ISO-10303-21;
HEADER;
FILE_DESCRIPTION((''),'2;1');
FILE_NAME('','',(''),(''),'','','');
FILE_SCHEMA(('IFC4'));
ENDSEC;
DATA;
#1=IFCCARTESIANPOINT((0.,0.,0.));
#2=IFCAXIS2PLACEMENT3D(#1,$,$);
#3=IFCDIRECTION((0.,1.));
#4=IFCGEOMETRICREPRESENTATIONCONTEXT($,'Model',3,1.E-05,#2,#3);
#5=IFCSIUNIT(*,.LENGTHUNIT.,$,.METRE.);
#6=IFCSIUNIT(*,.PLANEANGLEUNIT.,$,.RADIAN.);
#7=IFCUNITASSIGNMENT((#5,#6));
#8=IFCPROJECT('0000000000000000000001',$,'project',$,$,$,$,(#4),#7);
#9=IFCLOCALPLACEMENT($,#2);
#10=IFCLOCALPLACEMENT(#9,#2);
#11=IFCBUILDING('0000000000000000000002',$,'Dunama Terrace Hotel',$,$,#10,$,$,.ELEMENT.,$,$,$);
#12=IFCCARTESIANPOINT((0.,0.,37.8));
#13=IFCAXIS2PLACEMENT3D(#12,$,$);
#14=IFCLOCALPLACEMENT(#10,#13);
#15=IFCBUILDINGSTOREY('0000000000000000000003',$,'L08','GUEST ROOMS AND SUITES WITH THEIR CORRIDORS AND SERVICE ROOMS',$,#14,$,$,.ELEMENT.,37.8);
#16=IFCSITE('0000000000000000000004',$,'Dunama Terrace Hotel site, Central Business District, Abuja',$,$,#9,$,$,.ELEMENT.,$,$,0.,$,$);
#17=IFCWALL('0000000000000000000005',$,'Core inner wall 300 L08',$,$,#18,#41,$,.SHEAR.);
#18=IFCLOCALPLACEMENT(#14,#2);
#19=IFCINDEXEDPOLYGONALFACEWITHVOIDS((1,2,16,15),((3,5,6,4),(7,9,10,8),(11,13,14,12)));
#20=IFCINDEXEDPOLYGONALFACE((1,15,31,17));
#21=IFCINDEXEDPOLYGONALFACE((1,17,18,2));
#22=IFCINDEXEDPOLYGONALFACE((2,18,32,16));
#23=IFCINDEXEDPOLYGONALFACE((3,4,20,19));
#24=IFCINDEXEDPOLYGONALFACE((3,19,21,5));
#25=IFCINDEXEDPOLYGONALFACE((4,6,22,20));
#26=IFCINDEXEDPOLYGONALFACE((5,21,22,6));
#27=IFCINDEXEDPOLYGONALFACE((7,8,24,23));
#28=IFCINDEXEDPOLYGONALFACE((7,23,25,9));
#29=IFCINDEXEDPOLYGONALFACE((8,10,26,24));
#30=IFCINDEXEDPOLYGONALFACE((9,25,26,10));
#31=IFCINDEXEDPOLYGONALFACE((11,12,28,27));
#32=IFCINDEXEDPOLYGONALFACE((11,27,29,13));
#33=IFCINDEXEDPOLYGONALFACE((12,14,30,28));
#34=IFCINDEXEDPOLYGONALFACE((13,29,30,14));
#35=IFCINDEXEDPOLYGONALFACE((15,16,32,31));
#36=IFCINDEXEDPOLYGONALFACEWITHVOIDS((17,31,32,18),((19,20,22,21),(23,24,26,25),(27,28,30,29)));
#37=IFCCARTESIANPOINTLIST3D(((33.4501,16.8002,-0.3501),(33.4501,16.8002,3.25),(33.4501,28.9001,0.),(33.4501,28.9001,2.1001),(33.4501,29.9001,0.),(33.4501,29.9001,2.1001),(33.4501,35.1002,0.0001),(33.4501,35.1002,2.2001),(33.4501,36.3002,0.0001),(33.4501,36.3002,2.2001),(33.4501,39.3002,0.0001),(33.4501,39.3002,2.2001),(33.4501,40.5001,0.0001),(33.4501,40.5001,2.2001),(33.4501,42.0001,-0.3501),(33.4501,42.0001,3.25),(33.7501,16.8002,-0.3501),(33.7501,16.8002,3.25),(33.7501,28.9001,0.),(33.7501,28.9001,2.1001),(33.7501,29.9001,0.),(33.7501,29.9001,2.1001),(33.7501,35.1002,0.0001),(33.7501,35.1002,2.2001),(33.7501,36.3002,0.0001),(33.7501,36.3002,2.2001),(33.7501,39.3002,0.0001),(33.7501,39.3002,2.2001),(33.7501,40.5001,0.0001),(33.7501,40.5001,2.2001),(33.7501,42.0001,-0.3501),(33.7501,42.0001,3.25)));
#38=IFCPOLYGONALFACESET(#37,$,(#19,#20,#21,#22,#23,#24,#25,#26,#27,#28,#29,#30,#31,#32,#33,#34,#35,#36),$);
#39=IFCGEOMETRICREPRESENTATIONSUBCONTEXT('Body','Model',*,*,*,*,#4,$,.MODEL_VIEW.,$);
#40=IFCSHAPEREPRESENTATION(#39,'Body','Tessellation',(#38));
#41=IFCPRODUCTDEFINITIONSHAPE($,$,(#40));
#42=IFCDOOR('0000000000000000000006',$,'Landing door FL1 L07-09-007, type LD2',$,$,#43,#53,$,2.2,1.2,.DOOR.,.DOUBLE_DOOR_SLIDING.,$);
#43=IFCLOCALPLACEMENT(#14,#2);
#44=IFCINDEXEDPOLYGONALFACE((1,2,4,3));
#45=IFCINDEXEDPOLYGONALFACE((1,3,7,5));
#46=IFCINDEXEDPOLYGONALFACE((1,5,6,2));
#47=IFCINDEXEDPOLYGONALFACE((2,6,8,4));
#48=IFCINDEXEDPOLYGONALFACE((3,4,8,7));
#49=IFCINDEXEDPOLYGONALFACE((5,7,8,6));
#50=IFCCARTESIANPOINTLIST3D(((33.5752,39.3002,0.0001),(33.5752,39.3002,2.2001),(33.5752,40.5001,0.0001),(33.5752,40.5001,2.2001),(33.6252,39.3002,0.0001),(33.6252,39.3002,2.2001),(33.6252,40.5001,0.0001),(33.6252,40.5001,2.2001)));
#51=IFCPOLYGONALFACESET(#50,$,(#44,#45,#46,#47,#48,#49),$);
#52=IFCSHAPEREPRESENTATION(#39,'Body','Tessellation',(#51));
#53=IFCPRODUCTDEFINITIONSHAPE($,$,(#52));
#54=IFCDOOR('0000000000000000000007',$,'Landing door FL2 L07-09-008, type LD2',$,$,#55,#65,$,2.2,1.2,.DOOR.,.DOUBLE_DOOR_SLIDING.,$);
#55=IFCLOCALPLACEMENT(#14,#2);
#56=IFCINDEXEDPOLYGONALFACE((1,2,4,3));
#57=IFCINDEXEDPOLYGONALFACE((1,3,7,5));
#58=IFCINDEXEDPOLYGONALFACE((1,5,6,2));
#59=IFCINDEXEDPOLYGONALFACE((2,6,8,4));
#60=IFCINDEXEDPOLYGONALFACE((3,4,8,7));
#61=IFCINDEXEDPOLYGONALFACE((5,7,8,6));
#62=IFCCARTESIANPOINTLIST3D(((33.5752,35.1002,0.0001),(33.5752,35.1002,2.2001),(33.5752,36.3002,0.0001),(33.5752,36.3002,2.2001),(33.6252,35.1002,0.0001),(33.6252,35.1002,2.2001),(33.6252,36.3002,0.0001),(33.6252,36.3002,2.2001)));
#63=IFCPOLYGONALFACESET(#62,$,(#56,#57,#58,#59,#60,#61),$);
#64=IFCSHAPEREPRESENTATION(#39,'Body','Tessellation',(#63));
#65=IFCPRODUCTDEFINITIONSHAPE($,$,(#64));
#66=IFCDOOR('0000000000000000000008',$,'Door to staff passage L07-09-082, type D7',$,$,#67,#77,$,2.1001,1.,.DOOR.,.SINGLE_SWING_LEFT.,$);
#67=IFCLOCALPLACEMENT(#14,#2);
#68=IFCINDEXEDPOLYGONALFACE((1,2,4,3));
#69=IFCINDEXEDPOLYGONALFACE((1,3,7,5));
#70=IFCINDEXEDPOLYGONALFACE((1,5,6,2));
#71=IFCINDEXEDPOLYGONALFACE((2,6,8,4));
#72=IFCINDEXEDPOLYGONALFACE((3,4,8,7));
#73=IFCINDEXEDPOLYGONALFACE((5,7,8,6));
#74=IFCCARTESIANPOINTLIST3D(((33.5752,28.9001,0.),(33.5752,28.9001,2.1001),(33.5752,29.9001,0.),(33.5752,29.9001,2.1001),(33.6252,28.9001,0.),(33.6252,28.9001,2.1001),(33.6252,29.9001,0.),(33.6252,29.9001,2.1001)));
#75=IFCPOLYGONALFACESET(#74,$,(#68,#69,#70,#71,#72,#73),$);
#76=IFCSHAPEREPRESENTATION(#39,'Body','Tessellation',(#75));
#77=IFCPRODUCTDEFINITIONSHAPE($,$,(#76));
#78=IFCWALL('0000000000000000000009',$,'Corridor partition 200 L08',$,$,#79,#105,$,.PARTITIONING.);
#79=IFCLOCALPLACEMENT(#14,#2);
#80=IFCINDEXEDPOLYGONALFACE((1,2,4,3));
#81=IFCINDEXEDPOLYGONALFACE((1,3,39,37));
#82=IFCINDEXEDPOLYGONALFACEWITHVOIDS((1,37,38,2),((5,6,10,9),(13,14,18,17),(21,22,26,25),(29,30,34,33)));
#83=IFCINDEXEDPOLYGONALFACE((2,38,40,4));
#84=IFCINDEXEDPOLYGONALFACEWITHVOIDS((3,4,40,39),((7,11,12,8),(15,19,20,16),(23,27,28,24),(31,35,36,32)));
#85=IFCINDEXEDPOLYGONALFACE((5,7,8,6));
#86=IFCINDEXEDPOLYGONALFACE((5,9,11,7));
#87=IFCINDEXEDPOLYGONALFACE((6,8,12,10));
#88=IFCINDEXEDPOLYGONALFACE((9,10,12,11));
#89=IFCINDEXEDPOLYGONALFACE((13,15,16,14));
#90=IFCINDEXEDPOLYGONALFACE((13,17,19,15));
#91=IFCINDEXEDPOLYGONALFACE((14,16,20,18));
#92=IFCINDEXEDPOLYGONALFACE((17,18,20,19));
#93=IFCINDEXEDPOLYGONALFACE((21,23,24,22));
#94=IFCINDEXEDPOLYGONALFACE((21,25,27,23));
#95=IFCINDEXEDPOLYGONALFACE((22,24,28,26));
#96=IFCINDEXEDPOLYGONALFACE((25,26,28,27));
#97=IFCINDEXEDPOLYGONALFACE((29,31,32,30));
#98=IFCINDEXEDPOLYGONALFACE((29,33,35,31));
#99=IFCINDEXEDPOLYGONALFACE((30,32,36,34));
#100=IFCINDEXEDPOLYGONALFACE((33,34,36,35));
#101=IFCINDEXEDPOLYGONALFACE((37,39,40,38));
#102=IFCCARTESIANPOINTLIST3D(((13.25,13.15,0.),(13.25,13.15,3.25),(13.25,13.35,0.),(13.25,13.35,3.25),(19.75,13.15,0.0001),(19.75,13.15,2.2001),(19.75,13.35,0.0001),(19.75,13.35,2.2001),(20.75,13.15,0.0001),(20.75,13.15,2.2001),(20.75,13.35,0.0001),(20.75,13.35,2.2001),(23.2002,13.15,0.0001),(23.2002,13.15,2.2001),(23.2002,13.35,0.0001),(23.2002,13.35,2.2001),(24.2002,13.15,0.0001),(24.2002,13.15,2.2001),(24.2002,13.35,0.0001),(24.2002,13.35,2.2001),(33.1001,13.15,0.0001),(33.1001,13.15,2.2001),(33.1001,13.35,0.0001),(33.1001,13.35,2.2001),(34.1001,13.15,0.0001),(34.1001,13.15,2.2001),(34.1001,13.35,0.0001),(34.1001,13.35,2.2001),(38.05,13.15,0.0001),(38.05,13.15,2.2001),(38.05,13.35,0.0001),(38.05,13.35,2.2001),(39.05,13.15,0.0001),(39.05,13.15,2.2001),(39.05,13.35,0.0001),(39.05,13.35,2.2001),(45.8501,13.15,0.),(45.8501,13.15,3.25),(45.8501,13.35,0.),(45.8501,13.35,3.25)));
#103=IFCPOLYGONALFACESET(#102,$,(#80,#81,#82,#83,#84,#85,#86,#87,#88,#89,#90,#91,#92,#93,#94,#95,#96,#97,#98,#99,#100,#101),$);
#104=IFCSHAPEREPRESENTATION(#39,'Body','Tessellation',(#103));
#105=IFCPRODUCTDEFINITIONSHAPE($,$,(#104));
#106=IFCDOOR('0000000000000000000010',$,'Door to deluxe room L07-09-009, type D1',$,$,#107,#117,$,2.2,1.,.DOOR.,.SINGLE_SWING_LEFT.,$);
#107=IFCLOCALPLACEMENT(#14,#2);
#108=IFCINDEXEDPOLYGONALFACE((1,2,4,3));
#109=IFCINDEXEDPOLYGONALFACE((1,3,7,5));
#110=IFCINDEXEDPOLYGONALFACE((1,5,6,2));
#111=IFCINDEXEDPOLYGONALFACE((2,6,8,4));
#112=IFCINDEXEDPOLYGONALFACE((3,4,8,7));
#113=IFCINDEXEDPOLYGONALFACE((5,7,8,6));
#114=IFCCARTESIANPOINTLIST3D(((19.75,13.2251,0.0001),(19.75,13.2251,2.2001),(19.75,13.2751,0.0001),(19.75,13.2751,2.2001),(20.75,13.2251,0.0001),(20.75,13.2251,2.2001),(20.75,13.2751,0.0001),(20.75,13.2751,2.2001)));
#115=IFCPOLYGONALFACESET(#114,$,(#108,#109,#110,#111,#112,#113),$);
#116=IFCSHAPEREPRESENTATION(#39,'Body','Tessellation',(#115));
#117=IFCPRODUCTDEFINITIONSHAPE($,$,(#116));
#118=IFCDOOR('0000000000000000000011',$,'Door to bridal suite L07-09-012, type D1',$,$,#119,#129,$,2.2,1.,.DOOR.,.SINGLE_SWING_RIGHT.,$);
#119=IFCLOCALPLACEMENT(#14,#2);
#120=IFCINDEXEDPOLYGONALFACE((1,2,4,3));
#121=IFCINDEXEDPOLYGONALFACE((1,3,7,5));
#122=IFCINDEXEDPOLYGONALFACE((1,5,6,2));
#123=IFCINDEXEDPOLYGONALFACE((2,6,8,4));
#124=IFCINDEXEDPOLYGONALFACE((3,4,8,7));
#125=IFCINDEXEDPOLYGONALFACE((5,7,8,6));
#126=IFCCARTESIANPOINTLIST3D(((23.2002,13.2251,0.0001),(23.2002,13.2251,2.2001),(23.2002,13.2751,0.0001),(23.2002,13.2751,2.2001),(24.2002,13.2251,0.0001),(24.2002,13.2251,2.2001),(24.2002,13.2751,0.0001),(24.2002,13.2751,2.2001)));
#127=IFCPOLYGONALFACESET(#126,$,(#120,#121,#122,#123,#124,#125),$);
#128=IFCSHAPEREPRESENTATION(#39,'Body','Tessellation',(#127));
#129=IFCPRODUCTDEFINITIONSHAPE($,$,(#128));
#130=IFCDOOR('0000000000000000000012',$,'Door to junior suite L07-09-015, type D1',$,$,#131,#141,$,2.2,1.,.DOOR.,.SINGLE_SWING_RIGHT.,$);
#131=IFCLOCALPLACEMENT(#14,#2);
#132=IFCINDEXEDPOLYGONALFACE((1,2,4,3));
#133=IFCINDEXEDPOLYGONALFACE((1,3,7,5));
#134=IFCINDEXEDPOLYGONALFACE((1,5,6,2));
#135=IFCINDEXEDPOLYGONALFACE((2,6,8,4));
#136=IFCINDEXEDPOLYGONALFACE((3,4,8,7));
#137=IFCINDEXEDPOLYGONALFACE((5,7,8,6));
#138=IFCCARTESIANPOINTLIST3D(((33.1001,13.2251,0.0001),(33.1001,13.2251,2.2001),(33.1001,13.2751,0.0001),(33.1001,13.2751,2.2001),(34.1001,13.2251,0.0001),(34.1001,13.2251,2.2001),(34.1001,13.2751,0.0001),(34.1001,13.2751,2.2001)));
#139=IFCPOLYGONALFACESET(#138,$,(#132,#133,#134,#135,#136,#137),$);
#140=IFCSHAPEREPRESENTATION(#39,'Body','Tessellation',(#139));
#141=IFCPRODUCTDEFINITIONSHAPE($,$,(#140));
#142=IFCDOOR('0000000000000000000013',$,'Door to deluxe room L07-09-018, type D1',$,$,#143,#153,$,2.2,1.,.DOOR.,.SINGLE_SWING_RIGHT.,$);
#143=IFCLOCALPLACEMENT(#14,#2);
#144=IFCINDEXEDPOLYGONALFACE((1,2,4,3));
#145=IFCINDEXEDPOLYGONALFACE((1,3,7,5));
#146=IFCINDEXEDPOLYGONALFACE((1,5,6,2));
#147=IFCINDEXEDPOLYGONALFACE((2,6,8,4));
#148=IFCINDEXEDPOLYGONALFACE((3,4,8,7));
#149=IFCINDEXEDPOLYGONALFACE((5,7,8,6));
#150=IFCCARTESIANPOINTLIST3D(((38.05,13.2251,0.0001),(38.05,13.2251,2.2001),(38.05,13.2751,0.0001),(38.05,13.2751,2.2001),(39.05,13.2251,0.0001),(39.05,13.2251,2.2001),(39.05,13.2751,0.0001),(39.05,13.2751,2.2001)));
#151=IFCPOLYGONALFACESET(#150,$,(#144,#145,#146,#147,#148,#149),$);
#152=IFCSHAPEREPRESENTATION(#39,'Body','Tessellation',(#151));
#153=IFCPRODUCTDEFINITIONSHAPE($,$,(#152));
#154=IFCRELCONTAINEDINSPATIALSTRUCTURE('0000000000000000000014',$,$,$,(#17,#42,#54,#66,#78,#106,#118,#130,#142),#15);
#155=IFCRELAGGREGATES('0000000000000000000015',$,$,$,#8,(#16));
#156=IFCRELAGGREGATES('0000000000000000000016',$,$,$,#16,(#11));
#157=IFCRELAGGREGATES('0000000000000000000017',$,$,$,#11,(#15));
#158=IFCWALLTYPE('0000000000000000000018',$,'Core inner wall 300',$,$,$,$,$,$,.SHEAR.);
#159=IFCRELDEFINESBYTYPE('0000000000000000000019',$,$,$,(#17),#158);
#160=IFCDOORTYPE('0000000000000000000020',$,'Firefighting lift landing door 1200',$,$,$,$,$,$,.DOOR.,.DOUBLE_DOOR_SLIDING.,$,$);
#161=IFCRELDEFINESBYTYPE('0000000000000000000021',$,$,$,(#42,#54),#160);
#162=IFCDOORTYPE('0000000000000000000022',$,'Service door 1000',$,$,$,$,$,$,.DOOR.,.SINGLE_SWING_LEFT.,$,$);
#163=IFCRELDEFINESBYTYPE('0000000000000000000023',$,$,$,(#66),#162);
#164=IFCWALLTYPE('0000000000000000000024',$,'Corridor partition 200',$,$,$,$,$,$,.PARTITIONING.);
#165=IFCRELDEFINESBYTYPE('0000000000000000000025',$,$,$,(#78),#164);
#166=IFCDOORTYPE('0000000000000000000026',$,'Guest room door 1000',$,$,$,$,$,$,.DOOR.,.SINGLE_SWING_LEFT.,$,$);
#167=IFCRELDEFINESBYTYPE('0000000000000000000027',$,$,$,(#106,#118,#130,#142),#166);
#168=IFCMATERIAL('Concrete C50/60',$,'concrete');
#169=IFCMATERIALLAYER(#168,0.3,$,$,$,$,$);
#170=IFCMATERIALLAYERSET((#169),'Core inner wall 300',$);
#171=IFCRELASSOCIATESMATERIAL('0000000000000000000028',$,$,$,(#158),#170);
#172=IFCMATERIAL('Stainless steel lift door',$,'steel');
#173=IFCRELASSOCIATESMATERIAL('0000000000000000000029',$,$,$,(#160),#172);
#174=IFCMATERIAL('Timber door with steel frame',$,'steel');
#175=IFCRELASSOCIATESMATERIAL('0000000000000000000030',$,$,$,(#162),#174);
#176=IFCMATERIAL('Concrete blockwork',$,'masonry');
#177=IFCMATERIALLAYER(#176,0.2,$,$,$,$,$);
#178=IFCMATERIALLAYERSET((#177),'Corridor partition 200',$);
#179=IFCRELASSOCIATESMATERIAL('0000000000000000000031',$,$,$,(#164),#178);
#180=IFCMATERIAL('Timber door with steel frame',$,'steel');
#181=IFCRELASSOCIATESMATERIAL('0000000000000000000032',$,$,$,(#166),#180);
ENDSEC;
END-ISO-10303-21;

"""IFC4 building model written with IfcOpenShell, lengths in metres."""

from ifc_helpers import new_model, si_unit, direction, frame, frame_2d, origin, place, context, subcontext, project, spatial, rectangle, extrude, material, layer, layer_set, type_object, element, fill, save


model = new_model("IFC4")

# Units and contexts
model_context = context("Model", 3, precision=1e-05, world=origin(), true_north=direction((0.0, 1.0)))
body_context = subcontext(model_context, "Body", "Model", "MODEL_VIEW")
ifc_project = project(units=[si_unit("LENGTHUNIT", "METRE"), si_unit("PLANEANGLEUNIT", "RADIAN")], contexts=[model_context])

# Site, building, storey
site_placement = place(None, origin())
site = spatial("IfcSite", under=ifc_project, at=site_placement, Name="Dunama Terrace Hotel site, Central Business District, Abuja", CompositionType="ELEMENT", RefElevation=0.0)
building_placement = place(site_placement, origin())
building = spatial("IfcBuilding", under=site, at=building_placement, Name="Dunama Terrace Hotel", CompositionType="ELEMENT")
storey_placement = place(building_placement, frame((0.0, 0.0, 37.8)))
storey = spatial("IfcBuildingStorey", under=building, at=storey_placement, Name="L08", Description="GUEST ROOMS AND SUITES WITH THEIR CORRIDORS AND SERVICE ROOMS", CompositionType="ELEMENT", Elevation=37.8)

# Walls, openings, doors
ifc_material_1 = material(Name="Concrete C50/60", Category="concrete")
ifc_layer_1 = layer(ifc_material_1, 0.3)
ifc_layer_set_1 = layer_set([ifc_layer_1], Name="Core inner wall 300")
wall_type_1 = type_object("IfcWallType", Name="Core inner wall 300", PredefinedType="SHEAR", material=ifc_layer_set_1)
wall_1_placement = place(storey_placement, frame((33.6001, 16.8, -0.3501), z_axis=(0.0, 0.0, 1.0), x_axis=(0.0, 1.0, 0.0)))
wall_1 = element("IfcWall", 1, at=wall_1_placement, inside=storey, type_object=wall_type_1, Name="Core inner wall 300 L08", PredefinedType="SHEAR", context=body_context, shape_type="SweptSolid", body=[
    extrude(rectangle(XDim=25.2, YDim=0.3, at=frame_2d((12.6001, 0.0))), origin(), (0.0, 0.0, 1.0), 3.6001),
])
opening_1_placement = place(wall_1_placement, frame((22.5, 0.0, 0.3501)))
opening_1 = element("IfcOpeningElement", 2, at=opening_1_placement, cuts=wall_1, PredefinedType="OPENING", context=body_context, shape_type="SweptSolid", body=[
    extrude(rectangle(XDim=1.2, YDim=2.2, at=frame_2d((0.6001, 1.1001))), frame((0.0, 0.1599, 0.0), z_axis=(0.0, -1.0, 0.0), x_axis=(1.0, 0.0, 0.0)), (0.0, 0.0, 1.0), 0.3201),
])
opening_2_placement = place(wall_1_placement, frame((18.3, 0.0, 0.3501)))
opening_2 = element("IfcOpeningElement", 3, at=opening_2_placement, cuts=wall_1, PredefinedType="OPENING", context=body_context, shape_type="SweptSolid", body=[
    extrude(rectangle(XDim=1.2, YDim=2.2, at=frame_2d((0.6001, 1.1001))), frame((0.0, 0.1599, 0.0), z_axis=(0.0, -1.0, 0.0), x_axis=(1.0, 0.0, 0.0)), (0.0, 0.0, 1.0), 0.3201),
])
opening_3_placement = place(wall_1_placement, frame((12.1001, 0.0, 0.3501)))
opening_3 = element("IfcOpeningElement", 4, at=opening_3_placement, cuts=wall_1, PredefinedType="OPENING", context=body_context, shape_type="SweptSolid", body=[
    extrude(rectangle(XDim=1.0, YDim=2.1001, at=frame_2d((0.5, 1.05))), frame((0.0, 0.1599, 0.0), z_axis=(0.0, -1.0, 0.0), x_axis=(1.0, 0.0, 0.0)), (0.0, 0.0, 1.0), 0.3201),
])
ifc_material_2 = material(Name="Stainless steel lift door", Category="steel")
door_type_1 = type_object("IfcDoorType", Name="Firefighting lift landing door 1200", OperationType="DOUBLE_DOOR_SLIDING", PredefinedType="DOOR", material=ifc_material_2)
door_1_placement = place(opening_1_placement, origin())
door_1 = element("IfcDoor", 5, at=door_1_placement, inside=storey, type_object=door_type_1, Name="Landing door FL1 L07-09-007, type LD2", OperationType="DOUBLE_DOOR_SLIDING", OverallHeight=2.2, OverallWidth=1.2, PredefinedType="DOOR", context=body_context, shape_type="SweptSolid", body=[
    extrude(rectangle(XDim=1.2, YDim=2.2, at=frame_2d((0.6001, 1.1001))), frame((0.0, 0.0249, 0.0), z_axis=(0.0, -1.0, 0.0), x_axis=(1.0, 0.0, 0.0)), (0.0, 0.0, 1.0), 0.05),
])
fill(opening_1, door_1)
door_2_placement = place(opening_2_placement, origin())
door_2 = element("IfcDoor", 6, at=door_2_placement, inside=storey, type_object=door_type_1, Name="Landing door FL2 L07-09-008, type LD2", OperationType="DOUBLE_DOOR_SLIDING", OverallHeight=2.2, OverallWidth=1.2, PredefinedType="DOOR", context=body_context, shape_type="SweptSolid", body=[
    extrude(rectangle(XDim=1.2, YDim=2.2, at=frame_2d((0.6001, 1.1001))), frame((0.0, 0.0249, 0.0), z_axis=(0.0, -1.0, 0.0), x_axis=(1.0, 0.0, 0.0)), (0.0, 0.0, 1.0), 0.05),
])
fill(opening_2, door_2)
ifc_material_3 = material(Name="Timber door with steel frame", Category="steel")
door_type_2 = type_object("IfcDoorType", Name="Service door 1000", OperationType="SINGLE_SWING_LEFT", PredefinedType="DOOR", material=ifc_material_3)
door_3_placement = place(opening_3_placement, origin())
door_3 = element("IfcDoor", 7, at=door_3_placement, inside=storey, type_object=door_type_2, Name="Door to staff passage L07-09-082, type D7", OperationType="SINGLE_SWING_LEFT", OverallHeight=2.1001, OverallWidth=1.0, PredefinedType="DOOR", context=body_context, shape_type="SweptSolid", body=[
    extrude(rectangle(XDim=1.0, YDim=2.1001, at=frame_2d((0.5, 1.05))), frame((0.0, 0.0249, 0.0), z_axis=(0.0, -1.0, 0.0), x_axis=(1.0, 0.0, 0.0)), (0.0, 0.0, 1.0), 0.05),
])
fill(opening_3, door_3)
ifc_material_4 = material(Name="Concrete blockwork", Category="masonry")
ifc_layer_2 = layer(ifc_material_4, 0.2)
ifc_layer_set_2 = layer_set([ifc_layer_2], Name="Corridor partition 200")
wall_type_2 = type_object("IfcWallType", Name="Corridor partition 200", PredefinedType="PARTITIONING", material=ifc_layer_set_2)
wall_2_placement = place(storey_placement, frame((45.8501, 13.25, 0.0), z_axis=(0.0, 0.0, 1.0), x_axis=(-1.0, 0.0, 0.0)))
wall_2 = element("IfcWall", 8, at=wall_2_placement, inside=storey, type_object=wall_type_2, Name="Corridor partition 200 L08", PredefinedType="PARTITIONING", context=body_context, shape_type="SweptSolid", body=[
    extrude(rectangle(XDim=32.6001, YDim=0.2, at=frame_2d((16.3, 0.0))), origin(), (0.0, 0.0, 1.0), 3.25),
])
opening_4_placement = place(wall_2_placement, frame((25.1001, 0.0, 0.0)))
opening_4 = element("IfcOpeningElement", 9, at=opening_4_placement, cuts=wall_2, PredefinedType="OPENING", context=body_context, shape_type="SweptSolid", body=[
    extrude(rectangle(XDim=1.0, YDim=2.2, at=frame_2d((0.5, 1.1001))), frame((0.0, 0.1099, 0.0), z_axis=(0.0, -1.0, 0.0), x_axis=(1.0, 0.0, 0.0)), (0.0, 0.0, 1.0), 0.22),
])
opening_5_placement = place(wall_2_placement, frame((21.6499, 0.0, 0.0)))
opening_5 = element("IfcOpeningElement", 10, at=opening_5_placement, cuts=wall_2, PredefinedType="OPENING", context=body_context, shape_type="SweptSolid", body=[
    extrude(rectangle(XDim=1.0, YDim=2.2, at=frame_2d((0.5, 1.1001))), frame((0.0, 0.1099, 0.0), z_axis=(0.0, -1.0, 0.0), x_axis=(1.0, 0.0, 0.0)), (0.0, 0.0, 1.0), 0.22),
])
opening_6_placement = place(wall_2_placement, frame((11.75, 0.0, 0.0)))
opening_6 = element("IfcOpeningElement", 11, at=opening_6_placement, cuts=wall_2, PredefinedType="OPENING", context=body_context, shape_type="SweptSolid", body=[
    extrude(rectangle(XDim=1.0, YDim=2.2, at=frame_2d((0.5, 1.1001))), frame((0.0, 0.1099, 0.0), z_axis=(0.0, -1.0, 0.0), x_axis=(1.0, 0.0, 0.0)), (0.0, 0.0, 1.0), 0.22),
])
opening_7_placement = place(wall_2_placement, frame((6.8, 0.0, 0.0)))
opening_7 = element("IfcOpeningElement", 12, at=opening_7_placement, cuts=wall_2, PredefinedType="OPENING", context=body_context, shape_type="SweptSolid", body=[
    extrude(rectangle(XDim=1.0, YDim=2.2, at=frame_2d((0.5, 1.1001))), frame((0.0, 0.1099, 0.0), z_axis=(0.0, -1.0, 0.0), x_axis=(1.0, 0.0, 0.0)), (0.0, 0.0, 1.0), 0.22),
])
ifc_material_5 = material(Name="Timber door with steel frame", Category="steel")
door_type_3 = type_object("IfcDoorType", Name="Guest room door 1000", OperationType="SINGLE_SWING_LEFT", PredefinedType="DOOR", material=ifc_material_5)
door_4_placement = place(opening_4_placement, origin())
door_4 = element("IfcDoor", 13, at=door_4_placement, inside=storey, type_object=door_type_3, Name="Door to deluxe room L07-09-009, type D1", OperationType="SINGLE_SWING_LEFT", OverallHeight=2.2, OverallWidth=1.0, PredefinedType="DOOR", context=body_context, shape_type="SweptSolid", body=[
    extrude(rectangle(XDim=1.0, YDim=2.2, at=frame_2d((0.5, 1.1001))), frame((0.0, 0.0249, 0.0), z_axis=(0.0, -1.0, 0.0), x_axis=(1.0, 0.0, 0.0)), (0.0, 0.0, 1.0), 0.05),
])
fill(opening_4, door_4)
door_5_placement = place(opening_5_placement, origin())
door_5 = element("IfcDoor", 14, at=door_5_placement, inside=storey, type_object=door_type_3, Name="Door to bridal suite L07-09-012, type D1", OperationType="SINGLE_SWING_RIGHT", OverallHeight=2.2, OverallWidth=1.0, PredefinedType="DOOR", context=body_context, shape_type="SweptSolid", body=[
    extrude(rectangle(XDim=1.0, YDim=2.2, at=frame_2d((0.5, 1.1001))), frame((0.0, 0.0249, 0.0), z_axis=(0.0, -1.0, 0.0), x_axis=(1.0, 0.0, 0.0)), (0.0, 0.0, 1.0), 0.05),
])
fill(opening_5, door_5)
door_6_placement = place(opening_6_placement, origin())
door_6 = element("IfcDoor", 15, at=door_6_placement, inside=storey, type_object=door_type_3, Name="Door to junior suite L07-09-015, type D1", OperationType="SINGLE_SWING_RIGHT", OverallHeight=2.2, OverallWidth=1.0, PredefinedType="DOOR", context=body_context, shape_type="SweptSolid", body=[
    extrude(rectangle(XDim=1.0, YDim=2.2, at=frame_2d((0.5, 1.1001))), frame((0.0, 0.0249, 0.0), z_axis=(0.0, -1.0, 0.0), x_axis=(1.0, 0.0, 0.0)), (0.0, 0.0, 1.0), 0.05),
])
fill(opening_6, door_6)
door_7_placement = place(opening_7_placement, origin())
door_7 = element("IfcDoor", 16, at=door_7_placement, inside=storey, type_object=door_type_3, Name="Door to deluxe room L07-09-018, type D1", OperationType="SINGLE_SWING_RIGHT", OverallHeight=2.2, OverallWidth=1.0, PredefinedType="DOOR", context=body_context, shape_type="SweptSolid", body=[
    extrude(rectangle(XDim=1.0, YDim=2.2, at=frame_2d((0.5, 1.1001))), frame((0.0, 0.0249, 0.0), z_axis=(0.0, -1.0, 0.0), x_axis=(1.0, 0.0, 0.0)), (0.0, 0.0, 1.0), 0.05),
])
fill(opening_7, door_7)

save(model, "model.ifc")
